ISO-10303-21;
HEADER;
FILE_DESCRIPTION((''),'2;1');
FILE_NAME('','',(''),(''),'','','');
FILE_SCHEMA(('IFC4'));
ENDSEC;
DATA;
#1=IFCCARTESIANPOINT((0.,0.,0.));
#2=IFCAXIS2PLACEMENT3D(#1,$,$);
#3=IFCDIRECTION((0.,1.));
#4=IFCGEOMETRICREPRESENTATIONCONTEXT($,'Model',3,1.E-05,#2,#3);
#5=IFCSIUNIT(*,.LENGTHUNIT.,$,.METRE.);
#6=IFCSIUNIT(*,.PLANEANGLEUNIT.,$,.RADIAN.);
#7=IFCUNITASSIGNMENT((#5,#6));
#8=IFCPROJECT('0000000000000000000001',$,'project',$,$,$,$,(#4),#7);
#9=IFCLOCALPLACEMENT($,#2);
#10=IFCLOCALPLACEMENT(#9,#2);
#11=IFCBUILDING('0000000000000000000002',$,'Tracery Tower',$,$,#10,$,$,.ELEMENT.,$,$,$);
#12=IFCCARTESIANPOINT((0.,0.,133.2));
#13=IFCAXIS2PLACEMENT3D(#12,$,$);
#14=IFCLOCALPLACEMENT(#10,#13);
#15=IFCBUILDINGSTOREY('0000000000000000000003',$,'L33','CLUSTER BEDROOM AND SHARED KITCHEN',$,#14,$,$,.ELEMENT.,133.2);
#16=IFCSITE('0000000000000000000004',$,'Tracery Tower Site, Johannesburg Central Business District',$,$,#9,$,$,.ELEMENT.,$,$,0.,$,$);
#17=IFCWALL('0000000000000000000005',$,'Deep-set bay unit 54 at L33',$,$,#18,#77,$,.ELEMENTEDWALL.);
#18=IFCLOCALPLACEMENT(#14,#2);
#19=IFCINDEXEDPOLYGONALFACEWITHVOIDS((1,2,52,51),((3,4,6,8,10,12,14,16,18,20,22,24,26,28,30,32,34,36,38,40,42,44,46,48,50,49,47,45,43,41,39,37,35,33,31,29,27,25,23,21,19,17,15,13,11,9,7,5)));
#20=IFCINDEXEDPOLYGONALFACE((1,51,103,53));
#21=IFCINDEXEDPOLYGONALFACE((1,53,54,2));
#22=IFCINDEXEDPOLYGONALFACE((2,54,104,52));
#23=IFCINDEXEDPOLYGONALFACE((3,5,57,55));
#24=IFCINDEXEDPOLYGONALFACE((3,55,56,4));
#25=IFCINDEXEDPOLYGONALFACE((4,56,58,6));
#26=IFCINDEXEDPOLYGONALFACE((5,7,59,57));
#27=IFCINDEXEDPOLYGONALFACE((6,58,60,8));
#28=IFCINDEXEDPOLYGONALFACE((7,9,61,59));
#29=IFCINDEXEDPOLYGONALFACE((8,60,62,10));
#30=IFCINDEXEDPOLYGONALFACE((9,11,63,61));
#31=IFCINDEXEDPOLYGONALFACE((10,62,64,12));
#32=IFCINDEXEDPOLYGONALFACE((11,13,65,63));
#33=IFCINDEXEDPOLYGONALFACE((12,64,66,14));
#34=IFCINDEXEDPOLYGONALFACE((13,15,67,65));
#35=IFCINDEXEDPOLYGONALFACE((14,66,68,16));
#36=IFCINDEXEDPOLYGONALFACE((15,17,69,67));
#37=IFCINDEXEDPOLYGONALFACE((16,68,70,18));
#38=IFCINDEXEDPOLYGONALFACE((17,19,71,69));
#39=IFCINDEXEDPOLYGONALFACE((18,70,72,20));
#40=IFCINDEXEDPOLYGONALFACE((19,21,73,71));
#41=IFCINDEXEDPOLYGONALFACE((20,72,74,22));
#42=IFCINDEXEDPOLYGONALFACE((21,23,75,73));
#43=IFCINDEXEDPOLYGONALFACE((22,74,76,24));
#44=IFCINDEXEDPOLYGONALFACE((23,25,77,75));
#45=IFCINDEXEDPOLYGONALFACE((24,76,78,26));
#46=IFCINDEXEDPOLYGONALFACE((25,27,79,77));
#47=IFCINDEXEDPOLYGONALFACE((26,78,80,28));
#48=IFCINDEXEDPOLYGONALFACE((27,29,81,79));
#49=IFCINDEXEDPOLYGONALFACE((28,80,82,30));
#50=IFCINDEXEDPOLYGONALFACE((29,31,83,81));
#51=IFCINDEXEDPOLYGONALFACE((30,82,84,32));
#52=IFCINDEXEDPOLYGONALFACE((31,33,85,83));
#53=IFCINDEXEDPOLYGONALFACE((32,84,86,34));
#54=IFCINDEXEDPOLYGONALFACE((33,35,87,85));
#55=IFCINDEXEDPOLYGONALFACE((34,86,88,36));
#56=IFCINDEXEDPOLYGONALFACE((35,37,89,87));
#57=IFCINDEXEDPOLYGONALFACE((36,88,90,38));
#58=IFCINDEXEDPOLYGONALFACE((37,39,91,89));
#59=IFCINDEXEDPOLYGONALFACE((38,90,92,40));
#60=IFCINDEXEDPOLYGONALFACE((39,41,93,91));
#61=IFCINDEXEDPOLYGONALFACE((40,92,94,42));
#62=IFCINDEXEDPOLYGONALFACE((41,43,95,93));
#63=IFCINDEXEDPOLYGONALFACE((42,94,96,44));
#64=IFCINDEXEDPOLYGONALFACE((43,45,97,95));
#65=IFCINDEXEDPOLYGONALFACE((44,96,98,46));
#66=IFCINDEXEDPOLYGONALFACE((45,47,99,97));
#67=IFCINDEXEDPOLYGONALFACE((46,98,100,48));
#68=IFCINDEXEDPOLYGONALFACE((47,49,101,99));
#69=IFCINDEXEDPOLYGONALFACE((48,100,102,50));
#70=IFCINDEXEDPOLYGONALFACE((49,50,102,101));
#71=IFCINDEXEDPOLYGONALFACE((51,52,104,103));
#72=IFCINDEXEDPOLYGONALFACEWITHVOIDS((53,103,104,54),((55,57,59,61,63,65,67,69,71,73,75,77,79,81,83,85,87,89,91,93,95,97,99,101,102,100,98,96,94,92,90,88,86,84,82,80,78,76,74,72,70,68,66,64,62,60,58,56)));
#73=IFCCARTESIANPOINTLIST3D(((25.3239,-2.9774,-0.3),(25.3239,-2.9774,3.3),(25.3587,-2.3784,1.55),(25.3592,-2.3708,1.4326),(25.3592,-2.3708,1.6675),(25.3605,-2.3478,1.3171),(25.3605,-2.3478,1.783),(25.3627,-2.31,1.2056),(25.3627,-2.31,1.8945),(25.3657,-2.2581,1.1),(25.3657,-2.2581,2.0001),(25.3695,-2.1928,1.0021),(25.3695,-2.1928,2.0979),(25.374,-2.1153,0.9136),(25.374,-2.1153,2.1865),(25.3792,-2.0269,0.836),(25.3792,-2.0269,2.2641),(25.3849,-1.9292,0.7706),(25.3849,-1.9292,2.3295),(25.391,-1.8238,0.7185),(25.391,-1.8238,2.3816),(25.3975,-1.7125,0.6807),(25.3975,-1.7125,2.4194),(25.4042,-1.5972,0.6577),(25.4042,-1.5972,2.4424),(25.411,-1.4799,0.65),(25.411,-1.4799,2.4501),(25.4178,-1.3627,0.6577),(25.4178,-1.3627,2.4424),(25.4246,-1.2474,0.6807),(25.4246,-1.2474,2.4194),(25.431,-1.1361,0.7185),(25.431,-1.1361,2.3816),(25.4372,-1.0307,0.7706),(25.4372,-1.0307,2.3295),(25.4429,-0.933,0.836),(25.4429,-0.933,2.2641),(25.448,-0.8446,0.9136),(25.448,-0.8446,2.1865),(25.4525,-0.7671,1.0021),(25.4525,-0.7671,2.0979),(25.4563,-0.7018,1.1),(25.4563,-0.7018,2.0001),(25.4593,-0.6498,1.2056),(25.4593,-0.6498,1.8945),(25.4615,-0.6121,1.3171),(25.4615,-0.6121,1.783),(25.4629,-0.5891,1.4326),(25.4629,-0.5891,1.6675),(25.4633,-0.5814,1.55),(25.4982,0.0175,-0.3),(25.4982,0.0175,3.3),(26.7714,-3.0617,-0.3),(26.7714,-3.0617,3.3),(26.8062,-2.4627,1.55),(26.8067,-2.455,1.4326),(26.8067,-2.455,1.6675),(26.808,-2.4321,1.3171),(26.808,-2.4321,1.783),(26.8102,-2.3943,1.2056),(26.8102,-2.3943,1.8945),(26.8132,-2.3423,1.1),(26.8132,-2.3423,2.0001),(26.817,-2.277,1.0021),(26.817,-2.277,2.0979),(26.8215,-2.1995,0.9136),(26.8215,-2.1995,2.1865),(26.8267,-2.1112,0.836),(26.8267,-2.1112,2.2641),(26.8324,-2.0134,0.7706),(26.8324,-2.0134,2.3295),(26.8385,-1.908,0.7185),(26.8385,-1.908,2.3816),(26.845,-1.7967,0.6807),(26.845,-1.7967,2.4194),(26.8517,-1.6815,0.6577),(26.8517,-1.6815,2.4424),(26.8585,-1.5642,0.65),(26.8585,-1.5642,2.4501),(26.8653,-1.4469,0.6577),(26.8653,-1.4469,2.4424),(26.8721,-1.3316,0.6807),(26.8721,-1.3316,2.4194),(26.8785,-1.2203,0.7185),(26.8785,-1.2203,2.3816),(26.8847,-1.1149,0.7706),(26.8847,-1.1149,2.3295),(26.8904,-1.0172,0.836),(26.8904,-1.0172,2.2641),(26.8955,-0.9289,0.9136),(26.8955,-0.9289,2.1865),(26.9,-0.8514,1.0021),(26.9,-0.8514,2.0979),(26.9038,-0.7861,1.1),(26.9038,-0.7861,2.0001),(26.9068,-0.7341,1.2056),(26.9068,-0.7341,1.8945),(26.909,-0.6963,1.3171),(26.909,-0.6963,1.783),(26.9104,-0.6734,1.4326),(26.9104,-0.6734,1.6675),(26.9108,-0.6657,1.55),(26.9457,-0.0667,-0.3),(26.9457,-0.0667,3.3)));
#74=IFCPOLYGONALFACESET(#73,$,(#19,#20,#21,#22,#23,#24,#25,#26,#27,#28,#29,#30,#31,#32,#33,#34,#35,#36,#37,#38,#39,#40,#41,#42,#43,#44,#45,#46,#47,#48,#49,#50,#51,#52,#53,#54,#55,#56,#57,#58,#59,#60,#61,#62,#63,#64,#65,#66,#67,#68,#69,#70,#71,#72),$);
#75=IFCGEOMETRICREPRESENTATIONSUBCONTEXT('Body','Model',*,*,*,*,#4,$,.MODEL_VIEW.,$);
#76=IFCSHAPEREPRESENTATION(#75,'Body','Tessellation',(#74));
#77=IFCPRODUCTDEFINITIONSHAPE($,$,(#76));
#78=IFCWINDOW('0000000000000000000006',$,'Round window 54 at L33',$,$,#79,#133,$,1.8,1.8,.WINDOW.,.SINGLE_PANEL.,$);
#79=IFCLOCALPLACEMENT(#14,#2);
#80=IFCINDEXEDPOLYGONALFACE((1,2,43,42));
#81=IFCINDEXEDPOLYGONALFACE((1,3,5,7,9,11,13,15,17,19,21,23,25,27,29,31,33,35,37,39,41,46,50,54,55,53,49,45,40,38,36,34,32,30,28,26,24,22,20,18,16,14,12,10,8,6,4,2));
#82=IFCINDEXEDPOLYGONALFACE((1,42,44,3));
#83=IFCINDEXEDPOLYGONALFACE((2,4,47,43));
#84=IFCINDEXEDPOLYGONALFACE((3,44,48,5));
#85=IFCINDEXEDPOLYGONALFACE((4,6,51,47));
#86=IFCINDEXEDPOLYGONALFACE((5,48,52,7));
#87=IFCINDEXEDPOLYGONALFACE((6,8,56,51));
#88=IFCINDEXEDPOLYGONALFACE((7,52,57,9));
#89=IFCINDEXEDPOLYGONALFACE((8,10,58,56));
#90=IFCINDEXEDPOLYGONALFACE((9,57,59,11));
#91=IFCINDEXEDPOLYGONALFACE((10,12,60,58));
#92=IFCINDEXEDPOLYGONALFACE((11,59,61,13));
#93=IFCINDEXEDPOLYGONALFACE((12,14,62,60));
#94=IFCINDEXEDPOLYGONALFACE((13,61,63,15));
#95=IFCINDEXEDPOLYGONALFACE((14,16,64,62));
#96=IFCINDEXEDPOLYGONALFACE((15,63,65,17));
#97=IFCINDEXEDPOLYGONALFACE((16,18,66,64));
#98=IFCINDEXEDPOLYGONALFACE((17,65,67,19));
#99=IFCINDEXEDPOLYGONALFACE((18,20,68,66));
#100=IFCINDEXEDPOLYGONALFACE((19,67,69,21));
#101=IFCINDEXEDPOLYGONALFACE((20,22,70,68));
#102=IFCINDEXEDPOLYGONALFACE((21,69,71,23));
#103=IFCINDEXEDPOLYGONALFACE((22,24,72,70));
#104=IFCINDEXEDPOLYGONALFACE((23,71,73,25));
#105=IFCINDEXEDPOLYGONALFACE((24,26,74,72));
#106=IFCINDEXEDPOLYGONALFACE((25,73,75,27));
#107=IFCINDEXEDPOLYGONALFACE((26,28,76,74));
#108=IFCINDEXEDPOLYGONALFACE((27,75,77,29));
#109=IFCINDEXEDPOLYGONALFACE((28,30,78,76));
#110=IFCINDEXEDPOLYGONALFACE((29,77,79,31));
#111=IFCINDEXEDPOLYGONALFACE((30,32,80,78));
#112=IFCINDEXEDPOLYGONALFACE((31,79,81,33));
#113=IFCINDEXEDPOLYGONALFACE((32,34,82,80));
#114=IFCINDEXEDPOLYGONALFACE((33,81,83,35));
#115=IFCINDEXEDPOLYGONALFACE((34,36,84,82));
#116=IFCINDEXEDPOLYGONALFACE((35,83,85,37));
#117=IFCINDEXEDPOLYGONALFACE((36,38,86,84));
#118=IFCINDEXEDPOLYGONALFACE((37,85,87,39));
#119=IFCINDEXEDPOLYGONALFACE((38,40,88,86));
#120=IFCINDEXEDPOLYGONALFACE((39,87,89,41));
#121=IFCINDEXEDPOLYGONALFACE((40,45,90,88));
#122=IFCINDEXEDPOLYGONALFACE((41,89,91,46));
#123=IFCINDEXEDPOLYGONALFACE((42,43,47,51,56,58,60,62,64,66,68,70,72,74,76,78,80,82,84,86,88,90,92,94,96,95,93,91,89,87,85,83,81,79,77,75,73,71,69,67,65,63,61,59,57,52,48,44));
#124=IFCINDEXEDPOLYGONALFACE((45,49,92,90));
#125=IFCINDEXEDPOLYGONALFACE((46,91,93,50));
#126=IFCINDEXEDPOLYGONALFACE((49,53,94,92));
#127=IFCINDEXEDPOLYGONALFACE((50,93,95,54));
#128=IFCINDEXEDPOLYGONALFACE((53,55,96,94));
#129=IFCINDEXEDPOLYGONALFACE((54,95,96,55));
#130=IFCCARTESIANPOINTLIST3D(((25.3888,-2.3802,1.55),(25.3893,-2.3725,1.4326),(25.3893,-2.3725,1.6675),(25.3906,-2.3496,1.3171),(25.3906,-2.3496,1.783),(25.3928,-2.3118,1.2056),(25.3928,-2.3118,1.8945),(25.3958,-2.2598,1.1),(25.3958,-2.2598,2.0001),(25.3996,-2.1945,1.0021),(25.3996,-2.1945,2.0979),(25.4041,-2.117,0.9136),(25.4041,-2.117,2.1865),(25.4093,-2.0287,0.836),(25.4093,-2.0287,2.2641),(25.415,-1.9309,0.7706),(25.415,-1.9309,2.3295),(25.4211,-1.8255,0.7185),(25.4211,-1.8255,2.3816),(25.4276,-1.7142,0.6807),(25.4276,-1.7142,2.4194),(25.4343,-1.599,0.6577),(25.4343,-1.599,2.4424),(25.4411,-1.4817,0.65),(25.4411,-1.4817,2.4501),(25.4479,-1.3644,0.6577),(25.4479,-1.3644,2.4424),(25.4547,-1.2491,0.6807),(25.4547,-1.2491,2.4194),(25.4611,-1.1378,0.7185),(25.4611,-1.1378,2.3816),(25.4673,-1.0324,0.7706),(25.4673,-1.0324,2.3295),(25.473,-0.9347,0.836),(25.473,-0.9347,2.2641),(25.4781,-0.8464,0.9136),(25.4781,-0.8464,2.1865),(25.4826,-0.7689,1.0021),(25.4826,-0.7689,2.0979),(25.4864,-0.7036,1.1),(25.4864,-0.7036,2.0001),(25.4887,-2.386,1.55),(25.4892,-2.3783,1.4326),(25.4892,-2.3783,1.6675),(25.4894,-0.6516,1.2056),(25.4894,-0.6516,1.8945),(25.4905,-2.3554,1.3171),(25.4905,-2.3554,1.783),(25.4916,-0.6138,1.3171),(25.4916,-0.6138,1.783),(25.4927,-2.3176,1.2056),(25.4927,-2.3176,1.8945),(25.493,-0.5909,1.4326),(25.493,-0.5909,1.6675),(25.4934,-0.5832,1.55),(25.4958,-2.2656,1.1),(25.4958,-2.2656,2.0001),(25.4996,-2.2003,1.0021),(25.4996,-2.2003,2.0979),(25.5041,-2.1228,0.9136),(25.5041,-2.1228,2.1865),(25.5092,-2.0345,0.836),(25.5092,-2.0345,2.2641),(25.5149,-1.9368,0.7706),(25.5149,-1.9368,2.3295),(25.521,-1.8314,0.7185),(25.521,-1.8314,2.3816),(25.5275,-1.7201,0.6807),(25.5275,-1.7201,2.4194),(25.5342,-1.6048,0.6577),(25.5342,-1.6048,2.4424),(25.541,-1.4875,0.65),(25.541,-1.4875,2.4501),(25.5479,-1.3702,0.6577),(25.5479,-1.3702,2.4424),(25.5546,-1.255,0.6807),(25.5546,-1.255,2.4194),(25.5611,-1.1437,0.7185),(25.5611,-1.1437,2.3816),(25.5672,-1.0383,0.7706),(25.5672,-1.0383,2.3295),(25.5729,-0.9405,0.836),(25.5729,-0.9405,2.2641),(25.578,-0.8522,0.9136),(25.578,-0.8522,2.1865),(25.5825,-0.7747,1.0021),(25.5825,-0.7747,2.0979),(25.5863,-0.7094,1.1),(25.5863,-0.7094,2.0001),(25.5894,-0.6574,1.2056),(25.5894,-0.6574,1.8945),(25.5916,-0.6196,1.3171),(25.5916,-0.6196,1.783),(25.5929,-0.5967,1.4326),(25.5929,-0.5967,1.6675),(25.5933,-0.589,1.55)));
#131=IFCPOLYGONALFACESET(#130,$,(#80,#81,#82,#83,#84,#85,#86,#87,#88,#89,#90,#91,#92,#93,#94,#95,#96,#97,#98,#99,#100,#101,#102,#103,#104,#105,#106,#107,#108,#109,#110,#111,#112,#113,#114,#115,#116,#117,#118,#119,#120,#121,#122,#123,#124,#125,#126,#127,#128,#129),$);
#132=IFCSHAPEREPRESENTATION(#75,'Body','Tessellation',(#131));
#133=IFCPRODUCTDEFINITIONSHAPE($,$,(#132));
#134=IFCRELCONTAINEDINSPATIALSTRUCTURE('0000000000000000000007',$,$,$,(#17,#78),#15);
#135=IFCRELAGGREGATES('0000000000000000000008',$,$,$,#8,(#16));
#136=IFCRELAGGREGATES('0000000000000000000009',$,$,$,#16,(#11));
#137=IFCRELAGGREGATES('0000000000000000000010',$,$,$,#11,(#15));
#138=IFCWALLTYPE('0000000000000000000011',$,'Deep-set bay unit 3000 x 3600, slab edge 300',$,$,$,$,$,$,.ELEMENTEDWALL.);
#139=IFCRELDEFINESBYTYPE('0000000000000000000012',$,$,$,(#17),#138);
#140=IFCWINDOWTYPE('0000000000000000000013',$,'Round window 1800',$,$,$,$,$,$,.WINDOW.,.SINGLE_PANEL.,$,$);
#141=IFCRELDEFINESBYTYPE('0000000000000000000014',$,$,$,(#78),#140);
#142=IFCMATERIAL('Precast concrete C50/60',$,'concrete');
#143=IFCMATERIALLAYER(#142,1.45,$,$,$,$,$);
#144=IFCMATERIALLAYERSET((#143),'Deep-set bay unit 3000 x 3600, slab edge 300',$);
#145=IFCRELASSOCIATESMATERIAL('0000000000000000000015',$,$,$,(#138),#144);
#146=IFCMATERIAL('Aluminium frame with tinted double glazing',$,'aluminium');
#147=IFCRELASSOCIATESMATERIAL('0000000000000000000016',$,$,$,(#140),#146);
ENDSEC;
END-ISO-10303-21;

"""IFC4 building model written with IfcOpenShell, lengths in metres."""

from ifc_helpers import new_model, si_unit, direction, frame, frame_2d, origin, origin_2d, place, context, subcontext, project, spatial, rectangle, circle, extrude, material, layer, layer_set, type_object, element, fill, save


model = new_model("IFC4")

# Units and contexts
model_context = context("Model", 3, precision=1e-05, world=origin(), true_north=direction((0.0, 1.0)))
body_context = subcontext(model_context, "Body", "Model", "MODEL_VIEW")
ifc_project = project(units=[si_unit("LENGTHUNIT", "METRE"), si_unit("PLANEANGLEUNIT", "RADIAN")], contexts=[model_context])

# Site, building, storey
site_placement = place(None, origin())
site = spatial("IfcSite", under=ifc_project, at=site_placement, Name="Tracery Tower Site, Johannesburg Central Business District", CompositionType="ELEMENT", RefElevation=0.0)
building_placement = place(site_placement, origin())
building = spatial("IfcBuilding", under=site, at=building_placement, Name="Tracery Tower", CompositionType="ELEMENT")
storey_placement = place(building_placement, frame((0.0, 0.0, 133.2)))
storey = spatial("IfcBuildingStorey", under=building, at=storey_placement, Name="L33", Description="CLUSTER BEDROOM AND SHARED KITCHEN", CompositionType="ELEMENT", Elevation=133.2)

# Wall, opening, window
ifc_material_1 = material(Name="Precast concrete C50/60", Category="concrete")
ifc_layer_1 = layer(ifc_material_1, 1.45)
ifc_layer_set_1 = layer_set([ifc_layer_1], Name="Deep-set bay unit 3000 x 3600, slab edge 300")
wall_type_1 = type_object("IfcWallType", Name="Deep-set bay unit 3000 x 3600, slab edge 300", PredefinedType="ELEMENTEDWALL", material=ifc_layer_set_1)
wall_1_placement = place(storey_placement, frame((26.0476, -3.0195, -0.3), z_axis=(0.0, 0.0, 1.0), x_axis=(0.058107, 0.99831, 0.0)))
wall_1 = element("IfcWall", 1, at=wall_1_placement, inside=storey, type_object=wall_type_1, Name="Deep-set bay unit 54 at L33", PredefinedType="ELEMENTEDWALL", context=body_context, shape_type="SweptSolid", body=[
    extrude(rectangle(XDim=3.0, YDim=1.45, at=frame_2d((1.5, 0.0))), origin(), (0.0, 0.0, 1.0), 3.6001),
])
opening_1_placement = place(wall_1_placement, frame((1.5, 0.0, 1.8501)))
opening_1 = element("IfcOpeningElement", 2, at=opening_1_placement, cuts=wall_1, PredefinedType="OPENING", context=body_context, shape_type="SweptSolid", body=[
    extrude(circle(Radius=0.9, at=origin_2d()), frame((0.0, 0.7349, 0.0), z_axis=(0.0, -1.0, 0.0), x_axis=(1.0, 0.0, 0.0)), (0.0, 0.0, 1.0), 1.47),
])
ifc_material_2 = material(Name="Aluminium frame with tinted double glazing", Category="aluminium")
window_type = type_object("IfcWindowType", Name="Round window 1800", PartitioningType="SINGLE_PANEL", PredefinedType="WINDOW", material=ifc_material_2)
window_1_placement = place(opening_1_placement, origin())
window_1 = element("IfcWindow", 3, at=window_1_placement, inside=storey, type_object=window_type, Name="Round window 54 at L33", OverallHeight=1.8, OverallWidth=1.8, PartitioningType="SINGLE_PANEL", PredefinedType="WINDOW", context=body_context, shape_type="SweptSolid", body=[
    extrude(circle(Radius=0.9, at=origin_2d()), frame((0.0, 0.6948, 0.0), z_axis=(0.0, -1.0, 0.0), x_axis=(1.0, 0.0, 0.0)), (0.0, 0.0, 1.0), 0.1001),
])
fill(opening_1, window_1)

save(model, "model.ifc")
